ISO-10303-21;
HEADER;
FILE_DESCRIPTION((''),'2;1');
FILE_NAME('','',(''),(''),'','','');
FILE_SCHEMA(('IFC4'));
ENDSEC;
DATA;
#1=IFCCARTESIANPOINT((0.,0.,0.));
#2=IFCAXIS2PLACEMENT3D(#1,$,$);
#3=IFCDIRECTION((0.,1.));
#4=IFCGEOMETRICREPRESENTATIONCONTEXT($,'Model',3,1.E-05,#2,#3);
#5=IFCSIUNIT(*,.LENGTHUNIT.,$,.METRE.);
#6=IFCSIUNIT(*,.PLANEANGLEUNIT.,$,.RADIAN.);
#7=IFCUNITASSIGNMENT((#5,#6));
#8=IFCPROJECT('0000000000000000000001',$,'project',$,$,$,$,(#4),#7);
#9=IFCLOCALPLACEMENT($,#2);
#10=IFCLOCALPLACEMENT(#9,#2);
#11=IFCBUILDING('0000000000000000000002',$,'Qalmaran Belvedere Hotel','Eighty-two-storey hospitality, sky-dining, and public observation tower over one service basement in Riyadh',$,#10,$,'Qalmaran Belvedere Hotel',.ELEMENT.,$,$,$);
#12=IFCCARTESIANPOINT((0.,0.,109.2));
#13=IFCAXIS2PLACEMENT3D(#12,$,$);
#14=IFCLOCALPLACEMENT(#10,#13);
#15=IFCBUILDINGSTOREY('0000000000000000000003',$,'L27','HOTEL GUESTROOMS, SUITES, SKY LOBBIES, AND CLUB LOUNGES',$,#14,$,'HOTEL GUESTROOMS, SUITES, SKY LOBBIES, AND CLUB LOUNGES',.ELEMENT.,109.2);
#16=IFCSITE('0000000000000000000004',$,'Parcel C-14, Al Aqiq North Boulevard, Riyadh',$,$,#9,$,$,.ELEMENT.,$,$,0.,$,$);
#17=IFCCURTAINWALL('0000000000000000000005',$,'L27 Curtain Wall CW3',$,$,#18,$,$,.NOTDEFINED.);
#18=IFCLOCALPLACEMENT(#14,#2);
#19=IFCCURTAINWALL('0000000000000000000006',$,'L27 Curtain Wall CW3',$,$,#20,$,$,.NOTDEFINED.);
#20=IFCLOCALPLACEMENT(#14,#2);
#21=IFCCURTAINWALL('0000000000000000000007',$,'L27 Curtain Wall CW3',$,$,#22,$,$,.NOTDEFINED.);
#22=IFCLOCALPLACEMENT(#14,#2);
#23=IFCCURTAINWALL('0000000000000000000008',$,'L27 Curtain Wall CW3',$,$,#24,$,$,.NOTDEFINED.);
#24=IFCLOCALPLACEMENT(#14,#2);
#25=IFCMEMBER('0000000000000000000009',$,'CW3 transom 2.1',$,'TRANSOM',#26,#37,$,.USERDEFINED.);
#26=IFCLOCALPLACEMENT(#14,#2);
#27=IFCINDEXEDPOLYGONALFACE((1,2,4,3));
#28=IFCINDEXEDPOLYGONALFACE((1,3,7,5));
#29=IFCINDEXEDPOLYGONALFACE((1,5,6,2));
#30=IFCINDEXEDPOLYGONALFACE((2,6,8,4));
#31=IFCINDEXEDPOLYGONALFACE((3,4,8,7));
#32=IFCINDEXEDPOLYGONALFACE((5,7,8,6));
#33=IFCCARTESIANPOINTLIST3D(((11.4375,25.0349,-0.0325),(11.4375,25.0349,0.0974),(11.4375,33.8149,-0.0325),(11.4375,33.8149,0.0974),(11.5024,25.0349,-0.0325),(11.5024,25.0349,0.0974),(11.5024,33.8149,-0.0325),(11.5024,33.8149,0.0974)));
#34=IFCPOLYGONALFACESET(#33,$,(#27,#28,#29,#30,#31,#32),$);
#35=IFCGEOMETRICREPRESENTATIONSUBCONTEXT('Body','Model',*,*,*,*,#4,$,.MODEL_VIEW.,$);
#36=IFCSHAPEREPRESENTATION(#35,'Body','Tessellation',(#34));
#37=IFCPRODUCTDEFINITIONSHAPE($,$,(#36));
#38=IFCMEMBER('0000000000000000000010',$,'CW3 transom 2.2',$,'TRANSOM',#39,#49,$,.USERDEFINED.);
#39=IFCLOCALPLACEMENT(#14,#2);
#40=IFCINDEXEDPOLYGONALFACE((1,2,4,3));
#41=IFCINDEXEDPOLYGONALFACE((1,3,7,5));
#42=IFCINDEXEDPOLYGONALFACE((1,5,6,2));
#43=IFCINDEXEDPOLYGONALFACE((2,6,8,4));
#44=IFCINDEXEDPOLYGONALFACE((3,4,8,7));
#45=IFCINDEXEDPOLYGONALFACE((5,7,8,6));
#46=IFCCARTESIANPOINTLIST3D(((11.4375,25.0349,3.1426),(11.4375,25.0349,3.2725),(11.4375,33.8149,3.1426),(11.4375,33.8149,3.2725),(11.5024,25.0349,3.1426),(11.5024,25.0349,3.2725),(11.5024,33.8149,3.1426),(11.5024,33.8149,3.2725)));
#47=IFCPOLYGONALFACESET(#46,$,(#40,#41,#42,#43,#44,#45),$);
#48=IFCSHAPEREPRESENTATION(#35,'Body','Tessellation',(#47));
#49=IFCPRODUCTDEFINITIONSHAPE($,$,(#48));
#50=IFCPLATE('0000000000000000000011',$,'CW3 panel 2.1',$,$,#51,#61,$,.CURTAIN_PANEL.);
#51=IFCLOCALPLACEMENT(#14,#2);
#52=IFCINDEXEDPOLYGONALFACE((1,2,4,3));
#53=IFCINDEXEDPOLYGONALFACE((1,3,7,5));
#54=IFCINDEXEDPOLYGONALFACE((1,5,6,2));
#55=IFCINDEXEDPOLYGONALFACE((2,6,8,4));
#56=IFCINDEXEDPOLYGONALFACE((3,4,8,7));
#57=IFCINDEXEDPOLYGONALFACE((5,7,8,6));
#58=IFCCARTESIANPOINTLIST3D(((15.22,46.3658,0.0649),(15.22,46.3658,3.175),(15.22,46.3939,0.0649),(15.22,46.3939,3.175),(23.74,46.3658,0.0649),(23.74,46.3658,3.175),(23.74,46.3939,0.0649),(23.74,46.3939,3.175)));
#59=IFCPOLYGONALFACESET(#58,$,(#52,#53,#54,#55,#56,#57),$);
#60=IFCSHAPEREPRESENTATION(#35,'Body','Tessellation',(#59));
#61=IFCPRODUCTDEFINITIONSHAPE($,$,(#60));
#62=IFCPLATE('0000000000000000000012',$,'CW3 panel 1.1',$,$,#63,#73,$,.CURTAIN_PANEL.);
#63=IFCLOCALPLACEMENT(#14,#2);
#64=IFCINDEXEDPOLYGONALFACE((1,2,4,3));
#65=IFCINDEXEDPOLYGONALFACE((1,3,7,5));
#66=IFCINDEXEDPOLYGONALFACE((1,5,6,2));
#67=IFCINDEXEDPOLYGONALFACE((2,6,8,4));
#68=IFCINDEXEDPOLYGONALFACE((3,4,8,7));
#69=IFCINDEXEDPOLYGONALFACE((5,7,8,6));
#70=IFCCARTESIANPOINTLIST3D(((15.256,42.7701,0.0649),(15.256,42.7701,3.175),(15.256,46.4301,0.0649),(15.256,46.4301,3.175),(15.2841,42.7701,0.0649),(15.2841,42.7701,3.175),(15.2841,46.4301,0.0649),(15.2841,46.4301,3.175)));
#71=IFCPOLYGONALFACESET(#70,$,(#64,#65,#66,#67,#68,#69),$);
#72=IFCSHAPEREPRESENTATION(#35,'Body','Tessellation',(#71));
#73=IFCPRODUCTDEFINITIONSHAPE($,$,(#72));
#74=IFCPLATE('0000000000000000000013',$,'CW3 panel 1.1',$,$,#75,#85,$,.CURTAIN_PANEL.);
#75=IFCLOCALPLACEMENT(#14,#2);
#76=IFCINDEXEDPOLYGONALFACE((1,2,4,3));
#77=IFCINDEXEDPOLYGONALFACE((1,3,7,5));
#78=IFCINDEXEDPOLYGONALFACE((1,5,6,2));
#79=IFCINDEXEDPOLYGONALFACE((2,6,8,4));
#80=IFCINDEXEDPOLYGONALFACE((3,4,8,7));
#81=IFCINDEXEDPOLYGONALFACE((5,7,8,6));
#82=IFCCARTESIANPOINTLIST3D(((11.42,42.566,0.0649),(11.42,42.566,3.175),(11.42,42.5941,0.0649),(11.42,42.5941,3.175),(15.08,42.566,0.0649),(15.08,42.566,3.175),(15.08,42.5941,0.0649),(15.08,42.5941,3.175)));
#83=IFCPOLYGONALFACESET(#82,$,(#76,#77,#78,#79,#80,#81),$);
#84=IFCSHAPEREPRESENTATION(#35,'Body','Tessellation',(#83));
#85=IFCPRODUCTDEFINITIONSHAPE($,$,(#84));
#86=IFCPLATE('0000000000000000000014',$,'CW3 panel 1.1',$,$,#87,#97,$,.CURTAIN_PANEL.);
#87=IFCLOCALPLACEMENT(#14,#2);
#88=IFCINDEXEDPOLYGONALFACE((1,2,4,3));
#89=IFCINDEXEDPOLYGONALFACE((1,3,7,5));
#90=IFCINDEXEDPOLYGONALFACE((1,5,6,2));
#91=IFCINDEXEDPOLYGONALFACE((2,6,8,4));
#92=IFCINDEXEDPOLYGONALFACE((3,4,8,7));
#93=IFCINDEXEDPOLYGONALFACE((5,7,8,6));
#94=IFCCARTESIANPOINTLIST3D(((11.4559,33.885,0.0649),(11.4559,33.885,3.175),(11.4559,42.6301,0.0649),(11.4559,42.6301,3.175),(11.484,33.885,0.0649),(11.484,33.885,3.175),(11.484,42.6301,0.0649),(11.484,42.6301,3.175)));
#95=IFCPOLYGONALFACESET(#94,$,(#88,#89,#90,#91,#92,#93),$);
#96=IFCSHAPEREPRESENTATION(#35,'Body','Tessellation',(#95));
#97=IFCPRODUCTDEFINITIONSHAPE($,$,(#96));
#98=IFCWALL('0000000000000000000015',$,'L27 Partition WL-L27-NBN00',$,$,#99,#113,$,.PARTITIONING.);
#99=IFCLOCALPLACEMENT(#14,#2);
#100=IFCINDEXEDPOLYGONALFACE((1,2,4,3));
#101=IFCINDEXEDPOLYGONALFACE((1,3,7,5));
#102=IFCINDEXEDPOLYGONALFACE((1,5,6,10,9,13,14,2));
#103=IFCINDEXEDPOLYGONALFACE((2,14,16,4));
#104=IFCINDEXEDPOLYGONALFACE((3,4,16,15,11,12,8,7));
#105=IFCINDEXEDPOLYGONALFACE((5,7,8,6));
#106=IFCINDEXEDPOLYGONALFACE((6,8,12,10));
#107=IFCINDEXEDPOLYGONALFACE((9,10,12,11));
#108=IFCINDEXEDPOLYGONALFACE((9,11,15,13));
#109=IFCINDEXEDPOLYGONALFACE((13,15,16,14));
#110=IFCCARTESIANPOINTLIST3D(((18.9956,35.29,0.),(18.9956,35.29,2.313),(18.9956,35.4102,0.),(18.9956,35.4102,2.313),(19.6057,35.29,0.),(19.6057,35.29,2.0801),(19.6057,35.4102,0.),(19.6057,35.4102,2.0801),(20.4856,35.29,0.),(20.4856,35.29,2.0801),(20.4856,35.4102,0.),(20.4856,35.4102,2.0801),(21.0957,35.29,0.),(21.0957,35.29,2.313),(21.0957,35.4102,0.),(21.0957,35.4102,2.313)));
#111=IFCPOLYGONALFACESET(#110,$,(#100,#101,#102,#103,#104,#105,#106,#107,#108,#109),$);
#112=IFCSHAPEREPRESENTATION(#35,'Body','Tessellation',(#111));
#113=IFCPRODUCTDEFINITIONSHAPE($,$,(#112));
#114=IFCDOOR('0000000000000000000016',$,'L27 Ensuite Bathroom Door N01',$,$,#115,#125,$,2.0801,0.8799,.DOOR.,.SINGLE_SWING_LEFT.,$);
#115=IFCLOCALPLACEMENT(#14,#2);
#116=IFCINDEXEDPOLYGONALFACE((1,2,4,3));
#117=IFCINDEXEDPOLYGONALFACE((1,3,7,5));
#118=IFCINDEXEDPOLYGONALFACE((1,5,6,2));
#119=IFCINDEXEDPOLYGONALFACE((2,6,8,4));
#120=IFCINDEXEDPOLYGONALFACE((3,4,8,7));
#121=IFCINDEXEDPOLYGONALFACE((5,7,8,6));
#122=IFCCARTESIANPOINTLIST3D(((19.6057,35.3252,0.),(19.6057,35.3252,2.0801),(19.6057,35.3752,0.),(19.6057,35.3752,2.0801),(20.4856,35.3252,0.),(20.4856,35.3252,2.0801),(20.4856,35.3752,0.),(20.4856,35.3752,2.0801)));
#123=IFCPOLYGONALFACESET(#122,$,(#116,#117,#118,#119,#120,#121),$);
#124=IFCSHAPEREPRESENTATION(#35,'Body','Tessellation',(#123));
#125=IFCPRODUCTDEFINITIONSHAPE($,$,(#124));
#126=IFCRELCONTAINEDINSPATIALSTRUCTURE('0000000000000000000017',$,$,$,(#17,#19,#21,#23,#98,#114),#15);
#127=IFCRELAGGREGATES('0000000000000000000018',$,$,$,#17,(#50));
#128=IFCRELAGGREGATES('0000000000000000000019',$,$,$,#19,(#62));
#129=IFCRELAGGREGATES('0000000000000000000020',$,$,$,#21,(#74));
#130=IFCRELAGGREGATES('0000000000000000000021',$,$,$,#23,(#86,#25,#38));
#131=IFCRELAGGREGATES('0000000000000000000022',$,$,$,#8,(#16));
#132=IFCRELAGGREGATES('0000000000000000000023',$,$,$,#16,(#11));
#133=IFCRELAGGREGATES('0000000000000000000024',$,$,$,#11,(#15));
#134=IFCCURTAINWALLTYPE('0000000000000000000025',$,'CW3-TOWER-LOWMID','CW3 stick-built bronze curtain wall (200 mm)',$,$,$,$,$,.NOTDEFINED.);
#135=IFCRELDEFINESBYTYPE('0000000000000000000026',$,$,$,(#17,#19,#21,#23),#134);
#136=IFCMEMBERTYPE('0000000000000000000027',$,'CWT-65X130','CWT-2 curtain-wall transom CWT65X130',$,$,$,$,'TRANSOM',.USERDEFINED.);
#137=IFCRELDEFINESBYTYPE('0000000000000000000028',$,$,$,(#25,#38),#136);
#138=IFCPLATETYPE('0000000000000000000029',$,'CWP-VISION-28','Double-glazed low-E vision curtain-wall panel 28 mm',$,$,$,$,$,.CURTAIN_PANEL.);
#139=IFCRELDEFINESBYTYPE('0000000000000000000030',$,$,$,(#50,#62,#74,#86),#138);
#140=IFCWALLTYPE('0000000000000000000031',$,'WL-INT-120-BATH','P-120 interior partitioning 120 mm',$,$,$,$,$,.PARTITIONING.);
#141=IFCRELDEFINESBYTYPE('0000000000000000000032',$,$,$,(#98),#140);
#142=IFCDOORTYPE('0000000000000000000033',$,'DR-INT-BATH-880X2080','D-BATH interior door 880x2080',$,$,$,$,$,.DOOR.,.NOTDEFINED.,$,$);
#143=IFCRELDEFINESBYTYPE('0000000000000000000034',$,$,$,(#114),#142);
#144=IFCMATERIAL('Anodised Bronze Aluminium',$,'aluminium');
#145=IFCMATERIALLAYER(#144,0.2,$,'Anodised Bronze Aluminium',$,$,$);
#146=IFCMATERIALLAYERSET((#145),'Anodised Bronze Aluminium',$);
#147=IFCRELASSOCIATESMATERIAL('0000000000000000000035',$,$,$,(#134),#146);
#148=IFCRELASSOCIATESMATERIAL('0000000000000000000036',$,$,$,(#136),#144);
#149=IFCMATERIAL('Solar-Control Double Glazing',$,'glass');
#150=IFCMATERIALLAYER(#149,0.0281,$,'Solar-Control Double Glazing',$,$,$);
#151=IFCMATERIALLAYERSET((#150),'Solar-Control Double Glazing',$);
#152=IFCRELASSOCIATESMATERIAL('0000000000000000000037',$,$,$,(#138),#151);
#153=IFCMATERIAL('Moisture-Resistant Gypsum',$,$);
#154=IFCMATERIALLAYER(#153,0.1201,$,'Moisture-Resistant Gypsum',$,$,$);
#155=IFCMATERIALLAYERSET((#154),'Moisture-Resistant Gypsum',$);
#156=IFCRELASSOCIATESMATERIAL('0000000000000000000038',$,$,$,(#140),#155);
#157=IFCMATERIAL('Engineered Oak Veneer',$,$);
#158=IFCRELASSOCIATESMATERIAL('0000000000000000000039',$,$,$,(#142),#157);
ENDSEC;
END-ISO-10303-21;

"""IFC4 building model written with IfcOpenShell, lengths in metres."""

from ifc_helpers import new_model, si_unit, direction, frame, frame_2d, origin, origin_2d, place, context, subcontext, project, spatial, rectangle, extrude, material, layer, layer_set, material_profile, profile_set, type_object, element, fill, aggregate, save


model = new_model("IFC4")

# Units and contexts
model_context = context("Model", 3, precision=1e-05, world=origin(), true_north=direction((0.0, 1.0)))
body_context = subcontext(model_context, "Body", "Model", "MODEL_VIEW")
ifc_project = project(units=[si_unit("LENGTHUNIT", "METRE"), si_unit("PLANEANGLEUNIT", "RADIAN")], contexts=[model_context])

# Site, building, storey
site_placement = place(None, origin())
site = spatial("IfcSite", under=ifc_project, at=site_placement, Name="Parcel C-14, Al Aqiq North Boulevard, Riyadh", CompositionType="ELEMENT", RefElevation=0.0)
building_placement = place(site_placement, origin())
building = spatial("IfcBuilding", under=site, at=building_placement, Name="Qalmaran Belvedere Hotel", Description="Eighty-two-storey hospitality, sky-dining, and public observation tower over one service basement in Riyadh", LongName="Qalmaran Belvedere Hotel", CompositionType="ELEMENT")
storey_placement = place(building_placement, frame((0.0, 0.0, 109.2)))
storey = spatial("IfcBuildingStorey", under=building, at=storey_placement, Name="L27", Description="HOTEL GUESTROOMS, SUITES, SKY LOBBIES, AND CLUB LOUNGES", LongName="HOTEL GUESTROOMS, SUITES, SKY LOBBIES, AND CLUB LOUNGES", CompositionType="ELEMENT", Elevation=109.2)

# Curtain wall
ifc_material_1 = material(Name="Anodised Bronze Aluminium", Category="aluminium")
ifc_layer_1 = layer(ifc_material_1, 0.2, Name="Anodised Bronze Aluminium")
ifc_layer_set_1 = layer_set([ifc_layer_1], Name="Anodised Bronze Aluminium")
curtain_wall_type = type_object("IfcCurtainWallType", Name="CW3-TOWER-LOWMID", Description="CW3 stick-built bronze curtain wall (200 mm)", PredefinedType="NOTDEFINED", material=ifc_layer_set_1)
curtain_wall_1_placement = place(storey_placement, origin())
curtain_wall_1 = element("IfcCurtainWall", 1, at=curtain_wall_1_placement, inside=storey, type_object=curtain_wall_type, Name="L27 Curtain Wall CW3", PredefinedType="NOTDEFINED")

# Curtain walls
curtain_wall_2_placement = place(storey_placement, origin())
curtain_wall_2 = element("IfcCurtainWall", 2, at=curtain_wall_2_placement, inside=storey, type_object=curtain_wall_type, Name="L27 Curtain Wall CW3", PredefinedType="NOTDEFINED")
curtain_wall_3_placement = place(storey_placement, origin())
curtain_wall_3 = element("IfcCurtainWall", 3, at=curtain_wall_3_placement, inside=storey, type_object=curtain_wall_type, Name="L27 Curtain Wall CW3", PredefinedType="NOTDEFINED")
curtain_wall_4_placement = place(storey_placement, origin())
curtain_wall_4 = element("IfcCurtainWall", 4, at=curtain_wall_4_placement, inside=storey, type_object=curtain_wall_type, Name="L27 Curtain Wall CW3", PredefinedType="NOTDEFINED")

# Members
ifc_material_profile_1 = material_profile(ifc_material_1, rectangle(XDim=0.0649, YDim=0.1299, at=origin_2d()), Name="CWT65X130")
ifc_profile_set_1 = profile_set([ifc_material_profile_1], Name="Anodised Bronze Aluminium")
member_type_1 = type_object("IfcMemberType", Name="CWT-65X130", Description="CWT-2 curtain-wall transom CWT65X130", ElementType="TRANSOM", PredefinedType="USERDEFINED", material=ifc_profile_set_1)
member_1_placement = place(storey_placement, frame((11.47, 33.8149, 0.0325), z_axis=(0.0, -1.0, 0.0), x_axis=(1.0, 0.0, 0.0)))
member_1 = element("IfcMember", 5, at=member_1_placement, type_object=member_type_1, Name="CW3 transom 2.1", ObjectType="TRANSOM", PredefinedType="USERDEFINED", context=body_context, shape_type="SweptSolid", body=[
    extrude(rectangle(XDim=0.0649, YDim=0.1299, at=origin_2d()), origin(), (0.0, 0.0, 1.0), 8.78),
])
member_2_placement = place(storey_placement, frame((11.47, 33.8149, 3.2075), z_axis=(0.0, -1.0, 0.0), x_axis=(1.0, 0.0, 0.0)))
member_2 = element("IfcMember", 6, at=member_2_placement, type_object=member_type_1, Name="CW3 transom 2.2", ObjectType="TRANSOM", PredefinedType="USERDEFINED", context=body_context, shape_type="SweptSolid", body=[
    extrude(rectangle(XDim=0.0649, YDim=0.1299, at=origin_2d()), origin(), (0.0, 0.0, 1.0), 8.78),
])

# Plates
ifc_material_2 = material(Name="Solar-Control Double Glazing", Category="glass")
ifc_layer_2 = layer(ifc_material_2, 0.0281, Name="Solar-Control Double Glazing")
ifc_layer_set_2 = layer_set([ifc_layer_2], Name="Solar-Control Double Glazing")
plate_type = type_object("IfcPlateType", Name="CWP-VISION-28", Description="Double-glazed low-E vision curtain-wall panel 28 mm", PredefinedType="CURTAIN_PANEL", material=ifc_layer_set_2)
plate_1_placement = place(storey_placement, frame((19.48, 46.3799, 0.0649), z_axis=(0.0, 0.0, 1.0), x_axis=(-1.0, 0.0, 0.0)))
plate_1 = element("IfcPlate", 7, at=plate_1_placement, type_object=plate_type, Name="CW3 panel 2.1", PredefinedType="CURTAIN_PANEL", context=body_context, shape_type="SweptSolid", body=[
    extrude(rectangle(XDim=8.52, YDim=0.0281, at=origin_2d()), origin(), (0.0, 0.0, 1.0), 3.1101),
])
aggregate(curtain_wall_1, [plate_1])
plate_2_placement = place(storey_placement, frame((15.27, 44.6001, 0.0649), z_axis=(0.0, 0.0, 1.0), x_axis=(0.0, -1.0, 0.0)))
plate_2 = element("IfcPlate", 8, at=plate_2_placement, type_object=plate_type, Name="CW3 panel 1.1", PredefinedType="CURTAIN_PANEL", context=body_context, shape_type="SweptSolid", body=[
    extrude(rectangle(XDim=3.6599, YDim=0.0281, at=origin_2d()), origin(), (0.0, 0.0, 1.0), 3.1101),
])
aggregate(curtain_wall_2, [plate_2])
plate_3_placement = place(storey_placement, frame((13.25, 42.5801, 0.0649), z_axis=(0.0, 0.0, 1.0), x_axis=(-1.0, 0.0, 0.0)))
plate_3 = element("IfcPlate", 9, at=plate_3_placement, type_object=plate_type, Name="CW3 panel 1.1", PredefinedType="CURTAIN_PANEL", context=body_context, shape_type="SweptSolid", body=[
    extrude(rectangle(XDim=3.6599, YDim=0.0281, at=origin_2d()), origin(), (0.0, 0.0, 1.0), 3.1101),
])
aggregate(curtain_wall_3, [plate_3])
plate_4_placement = place(storey_placement, frame((11.47, 38.2576, 0.0649), z_axis=(0.0, 0.0, 1.0), x_axis=(0.0, -1.0, 0.0)))
plate_4 = element("IfcPlate", 10, at=plate_4_placement, type_object=plate_type, Name="CW3 panel 1.1", PredefinedType="CURTAIN_PANEL", context=body_context, shape_type="SweptSolid", body=[
    extrude(rectangle(XDim=8.7451, YDim=0.0281, at=origin_2d()), origin(), (0.0, 0.0, 1.0), 3.1101),
])
aggregate(curtain_wall_4, [plate_4, member_1, member_2])

# Wall, opening, door
ifc_material_3 = material(Name="Moisture-Resistant Gypsum")
ifc_layer_3 = layer(ifc_material_3, 0.1201, Name="Moisture-Resistant Gypsum")
ifc_layer_set_3 = layer_set([ifc_layer_3], Name="Moisture-Resistant Gypsum")
wall_type = type_object("IfcWallType", Name="WL-INT-120-BATH", Description="P-120 interior partitioning 120 mm", PredefinedType="PARTITIONING", material=ifc_layer_set_3)
wall_placement = place(storey_placement, frame((18.9956, 35.3501, 0.0), z_axis=(0.0, 0.0, 1.0), x_axis=(1.0, 0.0, 0.0)))
wall = element("IfcWall", 11, at=wall_placement, inside=storey, type_object=wall_type, Name="L27 Partition WL-L27-NBN00", PredefinedType="PARTITIONING", context=body_context, shape_type="SweptSolid", body=[
    extrude(rectangle(XDim=2.1001, YDim=0.1201, at=frame_2d((1.05, 0.0))), origin(), (0.0, 0.0, 1.0), 2.313),
])
opening_placement = place(wall_placement, frame((1.49, 0.0, 0.0), z_axis=(0.0, 0.0, 1.0), x_axis=(-1.0, 0.0, 0.0)))
opening = element("IfcOpeningElement", 12, at=opening_placement, cuts=wall, PredefinedType="OPENING", context=body_context, shape_type="SweptSolid", body=[
    extrude(rectangle(XDim=0.8799, YDim=2.0801, at=frame_2d((0.4399, 1.04))), frame((0.0, 0.0701, 0.0), z_axis=(0.0, -1.0, 0.0), x_axis=(1.0, 0.0, 0.0)), (0.0, 0.0, 1.0), 0.1401),
])
ifc_material_4 = material(Name="Engineered Oak Veneer")
door_type = type_object("IfcDoorType", Name="DR-INT-BATH-880X2080", Description="D-BATH interior door 880x2080", OperationType="NOTDEFINED", PredefinedType="DOOR", material=ifc_material_4)
door_placement = place(opening_placement, origin())
door = element("IfcDoor", 13, at=door_placement, inside=storey, type_object=door_type, Name="L27 Ensuite Bathroom Door N01", OperationType="SINGLE_SWING_LEFT", OverallHeight=2.0801, OverallWidth=0.8799, PredefinedType="DOOR", context=body_context, shape_type="SweptSolid", body=[
    extrude(rectangle(XDim=0.8799, YDim=2.0801, at=frame_2d((0.4399, 1.04))), frame((0.0, 0.0249, 0.0), z_axis=(0.0, -1.0, 0.0), x_axis=(1.0, 0.0, 0.0)), (0.0, 0.0, 1.0), 0.05),
])
fill(opening, door)

save(model, "model.ifc")
